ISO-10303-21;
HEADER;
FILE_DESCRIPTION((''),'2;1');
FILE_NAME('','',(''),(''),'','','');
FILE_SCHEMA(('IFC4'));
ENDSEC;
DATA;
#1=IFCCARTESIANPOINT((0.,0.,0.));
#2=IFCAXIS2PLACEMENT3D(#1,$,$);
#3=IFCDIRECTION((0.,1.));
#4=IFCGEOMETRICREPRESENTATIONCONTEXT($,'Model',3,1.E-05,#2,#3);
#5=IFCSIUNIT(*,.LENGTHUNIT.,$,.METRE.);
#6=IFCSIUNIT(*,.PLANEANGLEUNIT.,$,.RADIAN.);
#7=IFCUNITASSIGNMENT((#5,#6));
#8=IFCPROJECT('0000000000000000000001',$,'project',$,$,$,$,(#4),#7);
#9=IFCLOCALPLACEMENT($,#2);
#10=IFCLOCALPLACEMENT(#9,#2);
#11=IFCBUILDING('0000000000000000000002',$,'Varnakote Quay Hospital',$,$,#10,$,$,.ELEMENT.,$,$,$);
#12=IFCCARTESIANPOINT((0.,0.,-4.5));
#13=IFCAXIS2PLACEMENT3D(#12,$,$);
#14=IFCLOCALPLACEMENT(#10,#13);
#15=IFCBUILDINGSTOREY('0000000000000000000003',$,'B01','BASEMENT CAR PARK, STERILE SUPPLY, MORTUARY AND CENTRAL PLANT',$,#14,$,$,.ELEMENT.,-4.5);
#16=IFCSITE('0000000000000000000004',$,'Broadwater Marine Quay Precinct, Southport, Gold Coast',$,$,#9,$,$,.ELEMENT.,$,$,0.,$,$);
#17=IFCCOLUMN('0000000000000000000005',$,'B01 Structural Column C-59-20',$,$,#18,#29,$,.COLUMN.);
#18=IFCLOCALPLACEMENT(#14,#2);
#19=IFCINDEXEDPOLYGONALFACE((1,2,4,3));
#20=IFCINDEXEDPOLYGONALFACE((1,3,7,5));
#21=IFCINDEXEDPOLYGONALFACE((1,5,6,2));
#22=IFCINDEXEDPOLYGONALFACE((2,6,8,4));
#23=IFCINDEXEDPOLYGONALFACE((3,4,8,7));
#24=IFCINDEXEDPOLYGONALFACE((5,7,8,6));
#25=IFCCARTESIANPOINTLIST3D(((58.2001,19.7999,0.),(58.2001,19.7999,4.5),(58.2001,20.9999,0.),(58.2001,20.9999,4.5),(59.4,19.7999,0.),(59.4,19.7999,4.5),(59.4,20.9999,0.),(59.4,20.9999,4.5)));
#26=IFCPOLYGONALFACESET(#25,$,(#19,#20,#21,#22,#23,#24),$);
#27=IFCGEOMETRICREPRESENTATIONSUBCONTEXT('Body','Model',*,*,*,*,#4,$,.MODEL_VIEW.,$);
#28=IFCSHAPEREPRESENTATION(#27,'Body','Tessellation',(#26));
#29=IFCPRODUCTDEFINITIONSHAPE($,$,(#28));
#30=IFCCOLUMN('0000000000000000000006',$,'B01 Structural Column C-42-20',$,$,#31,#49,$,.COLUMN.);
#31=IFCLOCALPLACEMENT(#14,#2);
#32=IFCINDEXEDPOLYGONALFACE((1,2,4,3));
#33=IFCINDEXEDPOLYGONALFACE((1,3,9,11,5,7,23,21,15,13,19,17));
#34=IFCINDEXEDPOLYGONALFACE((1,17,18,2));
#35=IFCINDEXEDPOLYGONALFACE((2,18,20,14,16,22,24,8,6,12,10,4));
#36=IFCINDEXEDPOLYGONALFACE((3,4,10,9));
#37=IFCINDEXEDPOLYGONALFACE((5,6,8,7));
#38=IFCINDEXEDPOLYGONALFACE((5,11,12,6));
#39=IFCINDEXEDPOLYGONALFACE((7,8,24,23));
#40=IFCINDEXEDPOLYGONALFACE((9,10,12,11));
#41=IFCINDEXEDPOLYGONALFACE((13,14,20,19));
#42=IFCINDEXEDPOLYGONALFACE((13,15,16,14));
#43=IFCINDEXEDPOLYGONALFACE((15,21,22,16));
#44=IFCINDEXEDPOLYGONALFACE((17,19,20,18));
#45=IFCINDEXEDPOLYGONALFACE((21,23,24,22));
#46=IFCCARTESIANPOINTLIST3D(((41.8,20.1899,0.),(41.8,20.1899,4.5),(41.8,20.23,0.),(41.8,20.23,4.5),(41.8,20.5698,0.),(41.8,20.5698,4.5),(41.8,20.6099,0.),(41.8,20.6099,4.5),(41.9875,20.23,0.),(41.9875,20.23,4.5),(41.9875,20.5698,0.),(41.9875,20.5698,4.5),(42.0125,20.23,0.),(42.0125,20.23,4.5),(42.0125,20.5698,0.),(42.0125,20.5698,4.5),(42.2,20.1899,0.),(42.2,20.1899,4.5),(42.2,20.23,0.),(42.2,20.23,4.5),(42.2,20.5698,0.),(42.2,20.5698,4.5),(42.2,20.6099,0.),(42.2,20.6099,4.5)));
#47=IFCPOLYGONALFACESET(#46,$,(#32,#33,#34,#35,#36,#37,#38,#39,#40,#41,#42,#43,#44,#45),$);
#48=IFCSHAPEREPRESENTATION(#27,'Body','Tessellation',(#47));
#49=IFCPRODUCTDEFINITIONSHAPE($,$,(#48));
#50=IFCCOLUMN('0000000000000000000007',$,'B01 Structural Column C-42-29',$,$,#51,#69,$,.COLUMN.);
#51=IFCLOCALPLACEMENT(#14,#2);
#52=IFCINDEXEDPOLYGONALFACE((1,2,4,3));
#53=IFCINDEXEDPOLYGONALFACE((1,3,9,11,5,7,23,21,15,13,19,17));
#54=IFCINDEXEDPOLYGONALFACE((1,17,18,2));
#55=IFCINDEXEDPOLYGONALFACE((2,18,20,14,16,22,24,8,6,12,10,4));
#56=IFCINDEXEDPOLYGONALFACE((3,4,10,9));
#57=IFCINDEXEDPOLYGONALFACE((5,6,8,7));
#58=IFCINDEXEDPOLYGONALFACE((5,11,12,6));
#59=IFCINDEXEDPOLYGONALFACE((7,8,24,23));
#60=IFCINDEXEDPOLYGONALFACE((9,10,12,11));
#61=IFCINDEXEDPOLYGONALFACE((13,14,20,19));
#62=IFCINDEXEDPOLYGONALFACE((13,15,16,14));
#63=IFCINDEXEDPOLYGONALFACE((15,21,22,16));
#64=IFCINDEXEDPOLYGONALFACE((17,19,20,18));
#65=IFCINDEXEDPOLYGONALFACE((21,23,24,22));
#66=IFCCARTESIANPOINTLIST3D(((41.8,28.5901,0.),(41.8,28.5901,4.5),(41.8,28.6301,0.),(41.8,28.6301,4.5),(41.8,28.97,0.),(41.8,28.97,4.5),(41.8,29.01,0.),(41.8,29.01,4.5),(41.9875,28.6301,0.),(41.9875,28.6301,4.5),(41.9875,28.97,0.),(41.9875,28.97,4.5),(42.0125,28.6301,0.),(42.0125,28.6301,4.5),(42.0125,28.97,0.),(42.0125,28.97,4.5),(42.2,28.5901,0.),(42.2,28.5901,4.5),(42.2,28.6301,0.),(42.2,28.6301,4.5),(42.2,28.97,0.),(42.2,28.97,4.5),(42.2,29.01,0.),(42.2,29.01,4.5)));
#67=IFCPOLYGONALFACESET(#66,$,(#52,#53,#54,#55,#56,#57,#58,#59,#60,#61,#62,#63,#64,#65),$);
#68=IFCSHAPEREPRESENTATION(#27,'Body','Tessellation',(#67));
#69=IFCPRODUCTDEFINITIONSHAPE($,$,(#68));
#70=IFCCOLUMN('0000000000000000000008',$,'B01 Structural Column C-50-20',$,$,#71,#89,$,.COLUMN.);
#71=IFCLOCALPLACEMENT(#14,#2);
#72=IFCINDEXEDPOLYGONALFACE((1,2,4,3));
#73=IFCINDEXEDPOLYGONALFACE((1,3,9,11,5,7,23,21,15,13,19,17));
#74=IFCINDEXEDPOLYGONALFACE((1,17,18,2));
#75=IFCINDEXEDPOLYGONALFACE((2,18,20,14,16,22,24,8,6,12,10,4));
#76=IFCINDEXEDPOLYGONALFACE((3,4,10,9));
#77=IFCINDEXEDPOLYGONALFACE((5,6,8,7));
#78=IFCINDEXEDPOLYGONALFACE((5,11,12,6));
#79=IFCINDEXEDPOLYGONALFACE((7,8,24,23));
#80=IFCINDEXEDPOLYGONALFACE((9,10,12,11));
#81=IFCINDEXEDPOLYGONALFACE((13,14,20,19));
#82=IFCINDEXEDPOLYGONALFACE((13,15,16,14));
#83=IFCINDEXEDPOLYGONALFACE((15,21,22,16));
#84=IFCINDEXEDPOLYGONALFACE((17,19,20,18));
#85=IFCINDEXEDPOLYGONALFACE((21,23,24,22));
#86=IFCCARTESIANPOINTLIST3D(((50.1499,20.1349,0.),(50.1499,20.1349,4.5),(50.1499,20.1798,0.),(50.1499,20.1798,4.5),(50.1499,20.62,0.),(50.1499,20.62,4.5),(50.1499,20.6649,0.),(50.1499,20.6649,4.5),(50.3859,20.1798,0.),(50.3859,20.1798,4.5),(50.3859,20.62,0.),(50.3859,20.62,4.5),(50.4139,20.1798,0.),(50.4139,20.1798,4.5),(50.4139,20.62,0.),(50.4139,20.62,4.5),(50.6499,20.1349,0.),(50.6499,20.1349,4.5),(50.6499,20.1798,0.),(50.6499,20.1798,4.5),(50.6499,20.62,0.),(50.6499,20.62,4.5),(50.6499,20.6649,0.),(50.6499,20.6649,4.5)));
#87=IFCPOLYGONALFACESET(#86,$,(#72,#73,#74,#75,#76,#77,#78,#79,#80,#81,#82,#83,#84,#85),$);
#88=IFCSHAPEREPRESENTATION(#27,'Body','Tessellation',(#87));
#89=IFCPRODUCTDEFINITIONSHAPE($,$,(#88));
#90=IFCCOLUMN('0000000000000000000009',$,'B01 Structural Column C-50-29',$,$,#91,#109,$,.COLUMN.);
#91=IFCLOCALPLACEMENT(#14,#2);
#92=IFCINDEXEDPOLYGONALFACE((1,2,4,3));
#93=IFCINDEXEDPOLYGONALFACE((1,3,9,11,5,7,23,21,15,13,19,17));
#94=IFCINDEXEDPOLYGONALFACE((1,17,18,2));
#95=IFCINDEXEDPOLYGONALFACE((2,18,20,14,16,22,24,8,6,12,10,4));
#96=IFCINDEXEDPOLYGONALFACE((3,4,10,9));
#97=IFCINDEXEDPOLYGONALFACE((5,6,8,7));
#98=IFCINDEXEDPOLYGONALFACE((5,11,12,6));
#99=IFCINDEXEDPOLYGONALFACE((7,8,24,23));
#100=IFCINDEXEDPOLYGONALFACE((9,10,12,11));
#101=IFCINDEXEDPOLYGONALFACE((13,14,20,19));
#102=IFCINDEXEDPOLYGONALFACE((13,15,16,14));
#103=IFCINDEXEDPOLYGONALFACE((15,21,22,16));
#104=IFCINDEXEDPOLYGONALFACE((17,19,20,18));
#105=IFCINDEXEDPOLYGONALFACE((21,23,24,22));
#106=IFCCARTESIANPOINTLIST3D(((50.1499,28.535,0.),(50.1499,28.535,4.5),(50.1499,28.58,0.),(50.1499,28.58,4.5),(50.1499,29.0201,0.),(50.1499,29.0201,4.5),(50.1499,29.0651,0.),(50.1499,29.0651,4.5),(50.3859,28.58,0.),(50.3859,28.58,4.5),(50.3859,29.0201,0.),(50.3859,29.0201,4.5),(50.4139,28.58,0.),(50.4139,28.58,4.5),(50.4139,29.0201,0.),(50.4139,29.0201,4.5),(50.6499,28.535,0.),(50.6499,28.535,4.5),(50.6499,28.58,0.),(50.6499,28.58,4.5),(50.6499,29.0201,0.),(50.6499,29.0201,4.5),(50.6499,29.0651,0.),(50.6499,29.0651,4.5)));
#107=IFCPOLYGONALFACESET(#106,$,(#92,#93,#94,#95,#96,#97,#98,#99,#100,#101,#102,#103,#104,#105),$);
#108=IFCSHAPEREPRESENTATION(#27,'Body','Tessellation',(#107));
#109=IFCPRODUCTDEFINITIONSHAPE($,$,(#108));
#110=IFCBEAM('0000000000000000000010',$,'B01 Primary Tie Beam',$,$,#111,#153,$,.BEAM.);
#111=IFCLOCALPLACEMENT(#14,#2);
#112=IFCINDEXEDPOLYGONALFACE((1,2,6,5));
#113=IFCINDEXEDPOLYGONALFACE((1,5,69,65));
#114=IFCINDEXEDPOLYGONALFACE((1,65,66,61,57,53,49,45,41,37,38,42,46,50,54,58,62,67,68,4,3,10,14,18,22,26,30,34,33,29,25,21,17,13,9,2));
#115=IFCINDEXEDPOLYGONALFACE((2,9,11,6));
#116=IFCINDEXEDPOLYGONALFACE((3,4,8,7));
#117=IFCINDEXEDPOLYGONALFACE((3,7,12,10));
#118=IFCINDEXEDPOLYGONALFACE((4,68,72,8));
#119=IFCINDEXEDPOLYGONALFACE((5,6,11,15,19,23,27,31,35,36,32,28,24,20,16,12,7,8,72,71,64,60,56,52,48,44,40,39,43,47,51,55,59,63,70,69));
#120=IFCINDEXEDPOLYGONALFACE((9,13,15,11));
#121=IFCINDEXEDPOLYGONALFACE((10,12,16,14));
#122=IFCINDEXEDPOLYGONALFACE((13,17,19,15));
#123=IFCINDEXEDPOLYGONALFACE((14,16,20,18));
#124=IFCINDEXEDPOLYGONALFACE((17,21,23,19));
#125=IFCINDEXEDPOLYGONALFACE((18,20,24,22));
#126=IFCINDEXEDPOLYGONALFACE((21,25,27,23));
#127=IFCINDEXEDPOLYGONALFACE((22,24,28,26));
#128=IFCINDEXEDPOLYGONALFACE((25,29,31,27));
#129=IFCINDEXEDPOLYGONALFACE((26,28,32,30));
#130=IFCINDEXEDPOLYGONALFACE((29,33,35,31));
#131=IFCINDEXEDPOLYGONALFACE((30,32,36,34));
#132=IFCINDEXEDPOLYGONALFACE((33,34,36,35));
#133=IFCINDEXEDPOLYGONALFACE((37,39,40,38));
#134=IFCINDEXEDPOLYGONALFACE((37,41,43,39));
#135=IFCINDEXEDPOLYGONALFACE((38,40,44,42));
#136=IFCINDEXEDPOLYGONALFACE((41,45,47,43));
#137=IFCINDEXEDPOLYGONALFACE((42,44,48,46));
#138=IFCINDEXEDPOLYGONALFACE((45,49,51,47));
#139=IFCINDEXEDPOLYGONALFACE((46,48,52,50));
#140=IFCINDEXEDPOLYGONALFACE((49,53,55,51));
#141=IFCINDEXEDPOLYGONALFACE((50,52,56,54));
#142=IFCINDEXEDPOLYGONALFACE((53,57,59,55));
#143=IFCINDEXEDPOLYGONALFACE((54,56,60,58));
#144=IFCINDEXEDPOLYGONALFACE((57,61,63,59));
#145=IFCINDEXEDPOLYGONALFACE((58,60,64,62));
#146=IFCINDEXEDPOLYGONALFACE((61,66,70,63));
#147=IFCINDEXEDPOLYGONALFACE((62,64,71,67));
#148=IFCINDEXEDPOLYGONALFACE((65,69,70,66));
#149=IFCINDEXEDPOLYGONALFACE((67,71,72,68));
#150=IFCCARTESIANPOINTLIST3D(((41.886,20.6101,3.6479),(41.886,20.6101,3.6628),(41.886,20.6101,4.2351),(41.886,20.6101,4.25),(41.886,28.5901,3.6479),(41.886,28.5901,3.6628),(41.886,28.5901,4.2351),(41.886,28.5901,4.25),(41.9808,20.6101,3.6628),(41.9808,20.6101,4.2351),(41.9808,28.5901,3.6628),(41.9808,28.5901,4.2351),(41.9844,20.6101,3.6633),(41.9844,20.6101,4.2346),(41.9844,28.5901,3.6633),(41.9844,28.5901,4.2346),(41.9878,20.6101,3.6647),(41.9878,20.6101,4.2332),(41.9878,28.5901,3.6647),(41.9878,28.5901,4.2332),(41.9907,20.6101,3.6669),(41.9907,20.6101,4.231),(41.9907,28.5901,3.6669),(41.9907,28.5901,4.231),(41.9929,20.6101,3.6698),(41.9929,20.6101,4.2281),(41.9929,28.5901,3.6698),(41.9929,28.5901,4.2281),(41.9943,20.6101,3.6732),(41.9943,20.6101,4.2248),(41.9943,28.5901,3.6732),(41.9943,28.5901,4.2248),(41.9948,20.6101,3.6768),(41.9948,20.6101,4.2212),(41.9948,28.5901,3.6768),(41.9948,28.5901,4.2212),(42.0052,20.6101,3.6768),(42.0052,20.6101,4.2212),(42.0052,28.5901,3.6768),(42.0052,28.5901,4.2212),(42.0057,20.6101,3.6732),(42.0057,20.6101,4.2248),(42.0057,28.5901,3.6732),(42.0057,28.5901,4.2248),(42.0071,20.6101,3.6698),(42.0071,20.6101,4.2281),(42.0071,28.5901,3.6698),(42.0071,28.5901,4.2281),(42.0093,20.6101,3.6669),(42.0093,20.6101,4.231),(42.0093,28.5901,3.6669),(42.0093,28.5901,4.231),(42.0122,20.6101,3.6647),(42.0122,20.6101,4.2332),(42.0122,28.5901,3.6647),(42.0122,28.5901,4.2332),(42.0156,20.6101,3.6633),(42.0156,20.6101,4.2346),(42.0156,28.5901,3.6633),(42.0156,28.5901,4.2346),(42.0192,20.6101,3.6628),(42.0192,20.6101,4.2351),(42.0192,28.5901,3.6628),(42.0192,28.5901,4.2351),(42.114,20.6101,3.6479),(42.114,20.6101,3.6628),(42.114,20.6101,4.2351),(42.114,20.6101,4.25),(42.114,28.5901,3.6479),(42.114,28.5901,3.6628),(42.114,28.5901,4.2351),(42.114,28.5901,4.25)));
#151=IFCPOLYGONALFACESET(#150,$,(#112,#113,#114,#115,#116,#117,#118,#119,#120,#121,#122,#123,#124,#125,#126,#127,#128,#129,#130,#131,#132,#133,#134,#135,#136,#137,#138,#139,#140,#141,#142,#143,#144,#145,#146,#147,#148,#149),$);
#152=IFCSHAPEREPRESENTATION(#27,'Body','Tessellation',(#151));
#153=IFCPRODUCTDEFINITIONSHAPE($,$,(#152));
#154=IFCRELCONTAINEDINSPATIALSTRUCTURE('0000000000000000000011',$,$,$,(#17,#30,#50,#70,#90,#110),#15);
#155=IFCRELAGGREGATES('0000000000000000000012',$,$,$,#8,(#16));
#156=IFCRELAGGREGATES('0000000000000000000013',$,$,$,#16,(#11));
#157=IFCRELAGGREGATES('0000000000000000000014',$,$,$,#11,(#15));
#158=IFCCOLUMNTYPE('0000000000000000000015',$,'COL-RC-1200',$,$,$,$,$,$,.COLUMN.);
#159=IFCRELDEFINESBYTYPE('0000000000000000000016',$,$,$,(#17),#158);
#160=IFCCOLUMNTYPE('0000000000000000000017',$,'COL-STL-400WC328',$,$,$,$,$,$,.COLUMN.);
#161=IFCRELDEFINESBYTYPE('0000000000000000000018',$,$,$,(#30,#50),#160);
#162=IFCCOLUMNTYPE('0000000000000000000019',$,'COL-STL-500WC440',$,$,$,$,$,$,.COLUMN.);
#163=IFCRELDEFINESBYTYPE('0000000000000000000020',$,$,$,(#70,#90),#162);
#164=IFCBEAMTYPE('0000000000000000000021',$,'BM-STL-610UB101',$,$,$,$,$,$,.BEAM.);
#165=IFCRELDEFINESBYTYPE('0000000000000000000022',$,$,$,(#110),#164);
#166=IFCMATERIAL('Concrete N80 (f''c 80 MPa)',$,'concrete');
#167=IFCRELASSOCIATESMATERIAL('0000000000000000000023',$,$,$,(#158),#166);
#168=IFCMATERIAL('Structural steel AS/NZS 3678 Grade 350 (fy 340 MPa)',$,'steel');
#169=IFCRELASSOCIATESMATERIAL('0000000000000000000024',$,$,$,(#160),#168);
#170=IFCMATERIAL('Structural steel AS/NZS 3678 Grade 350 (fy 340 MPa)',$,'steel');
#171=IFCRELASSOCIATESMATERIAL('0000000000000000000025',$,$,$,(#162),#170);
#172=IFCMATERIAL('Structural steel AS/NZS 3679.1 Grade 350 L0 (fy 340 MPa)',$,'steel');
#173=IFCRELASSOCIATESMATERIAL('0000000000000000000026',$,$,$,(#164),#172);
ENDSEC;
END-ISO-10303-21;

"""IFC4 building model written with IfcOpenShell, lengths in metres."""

from ifc_helpers import new_model, si_unit, direction, frame, origin, origin_2d, place, context, subcontext, project, spatial, rectangle, i_section, extrude, material, material_profile, profile_set, type_object, element, save


model = new_model("IFC4")

# Units and contexts
model_context = context("Model", 3, precision=1e-05, world=origin(), true_north=direction((0.0, 1.0)))
body_context = subcontext(model_context, "Body", "Model", "MODEL_VIEW")
ifc_project = project(units=[si_unit("LENGTHUNIT", "METRE"), si_unit("PLANEANGLEUNIT", "RADIAN")], contexts=[model_context])

# Site, building, storey
site_placement = place(None, origin())
site = spatial("IfcSite", under=ifc_project, at=site_placement, Name="Broadwater Marine Quay Precinct, Southport, Gold Coast", CompositionType="ELEMENT", RefElevation=0.0)
building_placement = place(site_placement, origin())
building = spatial("IfcBuilding", under=site, at=building_placement, Name="Varnakote Quay Hospital", CompositionType="ELEMENT")
storey_placement = place(building_placement, frame((0.0, 0.0, -4.5)))
storey = spatial("IfcBuildingStorey", under=building, at=storey_placement, Name="B01", Description="BASEMENT CAR PARK, STERILE SUPPLY, MORTUARY AND CENTRAL PLANT", CompositionType="ELEMENT", Elevation=-4.5)

# Columns
ifc_material_1 = material(Name="Concrete N80 (f'c 80 MPa)", Category="concrete")
ifc_material_profile_1 = material_profile(ifc_material_1, rectangle(XDim=1.2, YDim=1.2, at=origin_2d()), Name="RC-COL-1200x1200")
ifc_profile_set_1 = profile_set([ifc_material_profile_1], Name="Concrete N80 (f'c 80 MPa)")
column_type_1 = type_object("IfcColumnType", Name="COL-RC-1200", PredefinedType="COLUMN", material=ifc_profile_set_1)
column_placement = place(storey_placement, frame((58.8, 20.3999, 0.0), z_axis=(0.0, 0.0, 1.0), x_axis=(1.0, 0.0, 0.0)))
element("IfcColumn", 1, at=column_placement, inside=storey, type_object=column_type_1, Name="B01 Structural Column C-59-20", PredefinedType="COLUMN", context=body_context, shape_type="SweptSolid", body=[
    extrude(rectangle(XDim=1.2, YDim=1.2, at=origin_2d()), origin(), (0.0, 0.0, 1.0), 4.5),
])
ifc_material_2 = material(Name="Structural steel AS/NZS 3678 Grade 350 (fy 340 MPa)", Category="steel")
ifc_material_profile_2 = material_profile(ifc_material_2, i_section(OverallWidth=0.3999, OverallDepth=0.4199, WebThickness=0.0249, FlangeThickness=0.04, at=origin_2d()), Name="400WC328")
ifc_profile_set_2 = profile_set([ifc_material_profile_2], Name="Structural steel AS/NZS 3678 Grade 350 (fy 340 MPa)")
column_type_2 = type_object("IfcColumnType", Name="COL-STL-400WC328", PredefinedType="COLUMN", material=ifc_profile_set_2)
for number, where, z_axis, x_axis, name in (
    (2, (42.0, 20.3999, 0.0), (0.0, 0.0, 1.0), (1.0, 0.0, 0.0), "B01 Structural Column C-42-20"),
    (3, (42.0, 28.8, 0.0), (0.0, 0.0, 1.0), (1.0, 0.0, 0.0), "B01 Structural Column C-42-29"),
):
    element("IfcColumn", number, at=place(storey_placement, frame(where, z_axis=z_axis, x_axis=x_axis)), inside=storey, type_object=column_type_2, Name=name, PredefinedType="COLUMN", context=body_context, shape_type="SweptSolid", body=[
        extrude(i_section(OverallWidth=0.3999, OverallDepth=0.4199, WebThickness=0.0249, FlangeThickness=0.04, at=origin_2d()), origin(), (0.0, 0.0, 1.0), 4.5),
    ])
ifc_material_3 = material(Name="Structural steel AS/NZS 3678 Grade 350 (fy 340 MPa)", Category="steel")
ifc_material_profile_3 = material_profile(ifc_material_3, i_section(OverallWidth=0.5, OverallDepth=0.53, WebThickness=0.0281, FlangeThickness=0.0449, at=origin_2d()), Name="500WC440")
ifc_profile_set_3 = profile_set([ifc_material_profile_3], Name="Structural steel AS/NZS 3678 Grade 350 (fy 340 MPa)")
column_type_3 = type_object("IfcColumnType", Name="COL-STL-500WC440", PredefinedType="COLUMN", material=ifc_profile_set_3)
for number, where, z_axis, x_axis, name in (
    (4, (50.3999, 20.3999, 0.0), (0.0, 0.0, 1.0), (1.0, 0.0, 0.0), "B01 Structural Column C-50-20"),
    (5, (50.3999, 28.8, 0.0), (0.0, 0.0, 1.0), (1.0, 0.0, 0.0), "B01 Structural Column C-50-29"),
):
    element("IfcColumn", number, at=place(storey_placement, frame(where, z_axis=z_axis, x_axis=x_axis)), inside=storey, type_object=column_type_3, Name=name, PredefinedType="COLUMN", context=body_context, shape_type="SweptSolid", body=[
        extrude(i_section(OverallWidth=0.5, OverallDepth=0.53, WebThickness=0.0281, FlangeThickness=0.0449, at=origin_2d()), origin(), (0.0, 0.0, 1.0), 4.5),
    ])

# Beam
ifc_material_4 = material(Name="Structural steel AS/NZS 3679.1 Grade 350 L0 (fy 340 MPa)", Category="steel")
ifc_material_profile_4 = material_profile(ifc_material_4, i_section(OverallWidth=0.228, OverallDepth=0.6021, WebThickness=0.0105, FlangeThickness=0.0149, FilletRadius=0.0139, at=origin_2d()), Name="610UB101")
ifc_profile_set_4 = profile_set([ifc_material_profile_4], Name="Structural steel AS/NZS 3679.1 Grade 350 L0 (fy 340 MPa)")
beam_type_1 = type_object("IfcBeamType", Name="BM-STL-610UB101", PredefinedType="BEAM", material=ifc_profile_set_4)
beam_1_placement = place(storey_placement, frame((42.0, 20.6101, 3.949), z_axis=(0.0, 1.0, 0.0), x_axis=(-1.0, 0.0, 0.0)))
element("IfcBeam", 6, at=beam_1_placement, inside=storey, type_object=beam_type_1, Name="B01 Primary Tie Beam", PredefinedType="BEAM", context=body_context, shape_type="SweptSolid", body=[
    extrude(i_section(OverallWidth=0.228, OverallDepth=0.6021, WebThickness=0.0105, FlangeThickness=0.0149, FilletRadius=0.0139, at=origin_2d()), origin(), (0.0, 0.0, 1.0), 7.98),
])

save(model, "model.ifc")
